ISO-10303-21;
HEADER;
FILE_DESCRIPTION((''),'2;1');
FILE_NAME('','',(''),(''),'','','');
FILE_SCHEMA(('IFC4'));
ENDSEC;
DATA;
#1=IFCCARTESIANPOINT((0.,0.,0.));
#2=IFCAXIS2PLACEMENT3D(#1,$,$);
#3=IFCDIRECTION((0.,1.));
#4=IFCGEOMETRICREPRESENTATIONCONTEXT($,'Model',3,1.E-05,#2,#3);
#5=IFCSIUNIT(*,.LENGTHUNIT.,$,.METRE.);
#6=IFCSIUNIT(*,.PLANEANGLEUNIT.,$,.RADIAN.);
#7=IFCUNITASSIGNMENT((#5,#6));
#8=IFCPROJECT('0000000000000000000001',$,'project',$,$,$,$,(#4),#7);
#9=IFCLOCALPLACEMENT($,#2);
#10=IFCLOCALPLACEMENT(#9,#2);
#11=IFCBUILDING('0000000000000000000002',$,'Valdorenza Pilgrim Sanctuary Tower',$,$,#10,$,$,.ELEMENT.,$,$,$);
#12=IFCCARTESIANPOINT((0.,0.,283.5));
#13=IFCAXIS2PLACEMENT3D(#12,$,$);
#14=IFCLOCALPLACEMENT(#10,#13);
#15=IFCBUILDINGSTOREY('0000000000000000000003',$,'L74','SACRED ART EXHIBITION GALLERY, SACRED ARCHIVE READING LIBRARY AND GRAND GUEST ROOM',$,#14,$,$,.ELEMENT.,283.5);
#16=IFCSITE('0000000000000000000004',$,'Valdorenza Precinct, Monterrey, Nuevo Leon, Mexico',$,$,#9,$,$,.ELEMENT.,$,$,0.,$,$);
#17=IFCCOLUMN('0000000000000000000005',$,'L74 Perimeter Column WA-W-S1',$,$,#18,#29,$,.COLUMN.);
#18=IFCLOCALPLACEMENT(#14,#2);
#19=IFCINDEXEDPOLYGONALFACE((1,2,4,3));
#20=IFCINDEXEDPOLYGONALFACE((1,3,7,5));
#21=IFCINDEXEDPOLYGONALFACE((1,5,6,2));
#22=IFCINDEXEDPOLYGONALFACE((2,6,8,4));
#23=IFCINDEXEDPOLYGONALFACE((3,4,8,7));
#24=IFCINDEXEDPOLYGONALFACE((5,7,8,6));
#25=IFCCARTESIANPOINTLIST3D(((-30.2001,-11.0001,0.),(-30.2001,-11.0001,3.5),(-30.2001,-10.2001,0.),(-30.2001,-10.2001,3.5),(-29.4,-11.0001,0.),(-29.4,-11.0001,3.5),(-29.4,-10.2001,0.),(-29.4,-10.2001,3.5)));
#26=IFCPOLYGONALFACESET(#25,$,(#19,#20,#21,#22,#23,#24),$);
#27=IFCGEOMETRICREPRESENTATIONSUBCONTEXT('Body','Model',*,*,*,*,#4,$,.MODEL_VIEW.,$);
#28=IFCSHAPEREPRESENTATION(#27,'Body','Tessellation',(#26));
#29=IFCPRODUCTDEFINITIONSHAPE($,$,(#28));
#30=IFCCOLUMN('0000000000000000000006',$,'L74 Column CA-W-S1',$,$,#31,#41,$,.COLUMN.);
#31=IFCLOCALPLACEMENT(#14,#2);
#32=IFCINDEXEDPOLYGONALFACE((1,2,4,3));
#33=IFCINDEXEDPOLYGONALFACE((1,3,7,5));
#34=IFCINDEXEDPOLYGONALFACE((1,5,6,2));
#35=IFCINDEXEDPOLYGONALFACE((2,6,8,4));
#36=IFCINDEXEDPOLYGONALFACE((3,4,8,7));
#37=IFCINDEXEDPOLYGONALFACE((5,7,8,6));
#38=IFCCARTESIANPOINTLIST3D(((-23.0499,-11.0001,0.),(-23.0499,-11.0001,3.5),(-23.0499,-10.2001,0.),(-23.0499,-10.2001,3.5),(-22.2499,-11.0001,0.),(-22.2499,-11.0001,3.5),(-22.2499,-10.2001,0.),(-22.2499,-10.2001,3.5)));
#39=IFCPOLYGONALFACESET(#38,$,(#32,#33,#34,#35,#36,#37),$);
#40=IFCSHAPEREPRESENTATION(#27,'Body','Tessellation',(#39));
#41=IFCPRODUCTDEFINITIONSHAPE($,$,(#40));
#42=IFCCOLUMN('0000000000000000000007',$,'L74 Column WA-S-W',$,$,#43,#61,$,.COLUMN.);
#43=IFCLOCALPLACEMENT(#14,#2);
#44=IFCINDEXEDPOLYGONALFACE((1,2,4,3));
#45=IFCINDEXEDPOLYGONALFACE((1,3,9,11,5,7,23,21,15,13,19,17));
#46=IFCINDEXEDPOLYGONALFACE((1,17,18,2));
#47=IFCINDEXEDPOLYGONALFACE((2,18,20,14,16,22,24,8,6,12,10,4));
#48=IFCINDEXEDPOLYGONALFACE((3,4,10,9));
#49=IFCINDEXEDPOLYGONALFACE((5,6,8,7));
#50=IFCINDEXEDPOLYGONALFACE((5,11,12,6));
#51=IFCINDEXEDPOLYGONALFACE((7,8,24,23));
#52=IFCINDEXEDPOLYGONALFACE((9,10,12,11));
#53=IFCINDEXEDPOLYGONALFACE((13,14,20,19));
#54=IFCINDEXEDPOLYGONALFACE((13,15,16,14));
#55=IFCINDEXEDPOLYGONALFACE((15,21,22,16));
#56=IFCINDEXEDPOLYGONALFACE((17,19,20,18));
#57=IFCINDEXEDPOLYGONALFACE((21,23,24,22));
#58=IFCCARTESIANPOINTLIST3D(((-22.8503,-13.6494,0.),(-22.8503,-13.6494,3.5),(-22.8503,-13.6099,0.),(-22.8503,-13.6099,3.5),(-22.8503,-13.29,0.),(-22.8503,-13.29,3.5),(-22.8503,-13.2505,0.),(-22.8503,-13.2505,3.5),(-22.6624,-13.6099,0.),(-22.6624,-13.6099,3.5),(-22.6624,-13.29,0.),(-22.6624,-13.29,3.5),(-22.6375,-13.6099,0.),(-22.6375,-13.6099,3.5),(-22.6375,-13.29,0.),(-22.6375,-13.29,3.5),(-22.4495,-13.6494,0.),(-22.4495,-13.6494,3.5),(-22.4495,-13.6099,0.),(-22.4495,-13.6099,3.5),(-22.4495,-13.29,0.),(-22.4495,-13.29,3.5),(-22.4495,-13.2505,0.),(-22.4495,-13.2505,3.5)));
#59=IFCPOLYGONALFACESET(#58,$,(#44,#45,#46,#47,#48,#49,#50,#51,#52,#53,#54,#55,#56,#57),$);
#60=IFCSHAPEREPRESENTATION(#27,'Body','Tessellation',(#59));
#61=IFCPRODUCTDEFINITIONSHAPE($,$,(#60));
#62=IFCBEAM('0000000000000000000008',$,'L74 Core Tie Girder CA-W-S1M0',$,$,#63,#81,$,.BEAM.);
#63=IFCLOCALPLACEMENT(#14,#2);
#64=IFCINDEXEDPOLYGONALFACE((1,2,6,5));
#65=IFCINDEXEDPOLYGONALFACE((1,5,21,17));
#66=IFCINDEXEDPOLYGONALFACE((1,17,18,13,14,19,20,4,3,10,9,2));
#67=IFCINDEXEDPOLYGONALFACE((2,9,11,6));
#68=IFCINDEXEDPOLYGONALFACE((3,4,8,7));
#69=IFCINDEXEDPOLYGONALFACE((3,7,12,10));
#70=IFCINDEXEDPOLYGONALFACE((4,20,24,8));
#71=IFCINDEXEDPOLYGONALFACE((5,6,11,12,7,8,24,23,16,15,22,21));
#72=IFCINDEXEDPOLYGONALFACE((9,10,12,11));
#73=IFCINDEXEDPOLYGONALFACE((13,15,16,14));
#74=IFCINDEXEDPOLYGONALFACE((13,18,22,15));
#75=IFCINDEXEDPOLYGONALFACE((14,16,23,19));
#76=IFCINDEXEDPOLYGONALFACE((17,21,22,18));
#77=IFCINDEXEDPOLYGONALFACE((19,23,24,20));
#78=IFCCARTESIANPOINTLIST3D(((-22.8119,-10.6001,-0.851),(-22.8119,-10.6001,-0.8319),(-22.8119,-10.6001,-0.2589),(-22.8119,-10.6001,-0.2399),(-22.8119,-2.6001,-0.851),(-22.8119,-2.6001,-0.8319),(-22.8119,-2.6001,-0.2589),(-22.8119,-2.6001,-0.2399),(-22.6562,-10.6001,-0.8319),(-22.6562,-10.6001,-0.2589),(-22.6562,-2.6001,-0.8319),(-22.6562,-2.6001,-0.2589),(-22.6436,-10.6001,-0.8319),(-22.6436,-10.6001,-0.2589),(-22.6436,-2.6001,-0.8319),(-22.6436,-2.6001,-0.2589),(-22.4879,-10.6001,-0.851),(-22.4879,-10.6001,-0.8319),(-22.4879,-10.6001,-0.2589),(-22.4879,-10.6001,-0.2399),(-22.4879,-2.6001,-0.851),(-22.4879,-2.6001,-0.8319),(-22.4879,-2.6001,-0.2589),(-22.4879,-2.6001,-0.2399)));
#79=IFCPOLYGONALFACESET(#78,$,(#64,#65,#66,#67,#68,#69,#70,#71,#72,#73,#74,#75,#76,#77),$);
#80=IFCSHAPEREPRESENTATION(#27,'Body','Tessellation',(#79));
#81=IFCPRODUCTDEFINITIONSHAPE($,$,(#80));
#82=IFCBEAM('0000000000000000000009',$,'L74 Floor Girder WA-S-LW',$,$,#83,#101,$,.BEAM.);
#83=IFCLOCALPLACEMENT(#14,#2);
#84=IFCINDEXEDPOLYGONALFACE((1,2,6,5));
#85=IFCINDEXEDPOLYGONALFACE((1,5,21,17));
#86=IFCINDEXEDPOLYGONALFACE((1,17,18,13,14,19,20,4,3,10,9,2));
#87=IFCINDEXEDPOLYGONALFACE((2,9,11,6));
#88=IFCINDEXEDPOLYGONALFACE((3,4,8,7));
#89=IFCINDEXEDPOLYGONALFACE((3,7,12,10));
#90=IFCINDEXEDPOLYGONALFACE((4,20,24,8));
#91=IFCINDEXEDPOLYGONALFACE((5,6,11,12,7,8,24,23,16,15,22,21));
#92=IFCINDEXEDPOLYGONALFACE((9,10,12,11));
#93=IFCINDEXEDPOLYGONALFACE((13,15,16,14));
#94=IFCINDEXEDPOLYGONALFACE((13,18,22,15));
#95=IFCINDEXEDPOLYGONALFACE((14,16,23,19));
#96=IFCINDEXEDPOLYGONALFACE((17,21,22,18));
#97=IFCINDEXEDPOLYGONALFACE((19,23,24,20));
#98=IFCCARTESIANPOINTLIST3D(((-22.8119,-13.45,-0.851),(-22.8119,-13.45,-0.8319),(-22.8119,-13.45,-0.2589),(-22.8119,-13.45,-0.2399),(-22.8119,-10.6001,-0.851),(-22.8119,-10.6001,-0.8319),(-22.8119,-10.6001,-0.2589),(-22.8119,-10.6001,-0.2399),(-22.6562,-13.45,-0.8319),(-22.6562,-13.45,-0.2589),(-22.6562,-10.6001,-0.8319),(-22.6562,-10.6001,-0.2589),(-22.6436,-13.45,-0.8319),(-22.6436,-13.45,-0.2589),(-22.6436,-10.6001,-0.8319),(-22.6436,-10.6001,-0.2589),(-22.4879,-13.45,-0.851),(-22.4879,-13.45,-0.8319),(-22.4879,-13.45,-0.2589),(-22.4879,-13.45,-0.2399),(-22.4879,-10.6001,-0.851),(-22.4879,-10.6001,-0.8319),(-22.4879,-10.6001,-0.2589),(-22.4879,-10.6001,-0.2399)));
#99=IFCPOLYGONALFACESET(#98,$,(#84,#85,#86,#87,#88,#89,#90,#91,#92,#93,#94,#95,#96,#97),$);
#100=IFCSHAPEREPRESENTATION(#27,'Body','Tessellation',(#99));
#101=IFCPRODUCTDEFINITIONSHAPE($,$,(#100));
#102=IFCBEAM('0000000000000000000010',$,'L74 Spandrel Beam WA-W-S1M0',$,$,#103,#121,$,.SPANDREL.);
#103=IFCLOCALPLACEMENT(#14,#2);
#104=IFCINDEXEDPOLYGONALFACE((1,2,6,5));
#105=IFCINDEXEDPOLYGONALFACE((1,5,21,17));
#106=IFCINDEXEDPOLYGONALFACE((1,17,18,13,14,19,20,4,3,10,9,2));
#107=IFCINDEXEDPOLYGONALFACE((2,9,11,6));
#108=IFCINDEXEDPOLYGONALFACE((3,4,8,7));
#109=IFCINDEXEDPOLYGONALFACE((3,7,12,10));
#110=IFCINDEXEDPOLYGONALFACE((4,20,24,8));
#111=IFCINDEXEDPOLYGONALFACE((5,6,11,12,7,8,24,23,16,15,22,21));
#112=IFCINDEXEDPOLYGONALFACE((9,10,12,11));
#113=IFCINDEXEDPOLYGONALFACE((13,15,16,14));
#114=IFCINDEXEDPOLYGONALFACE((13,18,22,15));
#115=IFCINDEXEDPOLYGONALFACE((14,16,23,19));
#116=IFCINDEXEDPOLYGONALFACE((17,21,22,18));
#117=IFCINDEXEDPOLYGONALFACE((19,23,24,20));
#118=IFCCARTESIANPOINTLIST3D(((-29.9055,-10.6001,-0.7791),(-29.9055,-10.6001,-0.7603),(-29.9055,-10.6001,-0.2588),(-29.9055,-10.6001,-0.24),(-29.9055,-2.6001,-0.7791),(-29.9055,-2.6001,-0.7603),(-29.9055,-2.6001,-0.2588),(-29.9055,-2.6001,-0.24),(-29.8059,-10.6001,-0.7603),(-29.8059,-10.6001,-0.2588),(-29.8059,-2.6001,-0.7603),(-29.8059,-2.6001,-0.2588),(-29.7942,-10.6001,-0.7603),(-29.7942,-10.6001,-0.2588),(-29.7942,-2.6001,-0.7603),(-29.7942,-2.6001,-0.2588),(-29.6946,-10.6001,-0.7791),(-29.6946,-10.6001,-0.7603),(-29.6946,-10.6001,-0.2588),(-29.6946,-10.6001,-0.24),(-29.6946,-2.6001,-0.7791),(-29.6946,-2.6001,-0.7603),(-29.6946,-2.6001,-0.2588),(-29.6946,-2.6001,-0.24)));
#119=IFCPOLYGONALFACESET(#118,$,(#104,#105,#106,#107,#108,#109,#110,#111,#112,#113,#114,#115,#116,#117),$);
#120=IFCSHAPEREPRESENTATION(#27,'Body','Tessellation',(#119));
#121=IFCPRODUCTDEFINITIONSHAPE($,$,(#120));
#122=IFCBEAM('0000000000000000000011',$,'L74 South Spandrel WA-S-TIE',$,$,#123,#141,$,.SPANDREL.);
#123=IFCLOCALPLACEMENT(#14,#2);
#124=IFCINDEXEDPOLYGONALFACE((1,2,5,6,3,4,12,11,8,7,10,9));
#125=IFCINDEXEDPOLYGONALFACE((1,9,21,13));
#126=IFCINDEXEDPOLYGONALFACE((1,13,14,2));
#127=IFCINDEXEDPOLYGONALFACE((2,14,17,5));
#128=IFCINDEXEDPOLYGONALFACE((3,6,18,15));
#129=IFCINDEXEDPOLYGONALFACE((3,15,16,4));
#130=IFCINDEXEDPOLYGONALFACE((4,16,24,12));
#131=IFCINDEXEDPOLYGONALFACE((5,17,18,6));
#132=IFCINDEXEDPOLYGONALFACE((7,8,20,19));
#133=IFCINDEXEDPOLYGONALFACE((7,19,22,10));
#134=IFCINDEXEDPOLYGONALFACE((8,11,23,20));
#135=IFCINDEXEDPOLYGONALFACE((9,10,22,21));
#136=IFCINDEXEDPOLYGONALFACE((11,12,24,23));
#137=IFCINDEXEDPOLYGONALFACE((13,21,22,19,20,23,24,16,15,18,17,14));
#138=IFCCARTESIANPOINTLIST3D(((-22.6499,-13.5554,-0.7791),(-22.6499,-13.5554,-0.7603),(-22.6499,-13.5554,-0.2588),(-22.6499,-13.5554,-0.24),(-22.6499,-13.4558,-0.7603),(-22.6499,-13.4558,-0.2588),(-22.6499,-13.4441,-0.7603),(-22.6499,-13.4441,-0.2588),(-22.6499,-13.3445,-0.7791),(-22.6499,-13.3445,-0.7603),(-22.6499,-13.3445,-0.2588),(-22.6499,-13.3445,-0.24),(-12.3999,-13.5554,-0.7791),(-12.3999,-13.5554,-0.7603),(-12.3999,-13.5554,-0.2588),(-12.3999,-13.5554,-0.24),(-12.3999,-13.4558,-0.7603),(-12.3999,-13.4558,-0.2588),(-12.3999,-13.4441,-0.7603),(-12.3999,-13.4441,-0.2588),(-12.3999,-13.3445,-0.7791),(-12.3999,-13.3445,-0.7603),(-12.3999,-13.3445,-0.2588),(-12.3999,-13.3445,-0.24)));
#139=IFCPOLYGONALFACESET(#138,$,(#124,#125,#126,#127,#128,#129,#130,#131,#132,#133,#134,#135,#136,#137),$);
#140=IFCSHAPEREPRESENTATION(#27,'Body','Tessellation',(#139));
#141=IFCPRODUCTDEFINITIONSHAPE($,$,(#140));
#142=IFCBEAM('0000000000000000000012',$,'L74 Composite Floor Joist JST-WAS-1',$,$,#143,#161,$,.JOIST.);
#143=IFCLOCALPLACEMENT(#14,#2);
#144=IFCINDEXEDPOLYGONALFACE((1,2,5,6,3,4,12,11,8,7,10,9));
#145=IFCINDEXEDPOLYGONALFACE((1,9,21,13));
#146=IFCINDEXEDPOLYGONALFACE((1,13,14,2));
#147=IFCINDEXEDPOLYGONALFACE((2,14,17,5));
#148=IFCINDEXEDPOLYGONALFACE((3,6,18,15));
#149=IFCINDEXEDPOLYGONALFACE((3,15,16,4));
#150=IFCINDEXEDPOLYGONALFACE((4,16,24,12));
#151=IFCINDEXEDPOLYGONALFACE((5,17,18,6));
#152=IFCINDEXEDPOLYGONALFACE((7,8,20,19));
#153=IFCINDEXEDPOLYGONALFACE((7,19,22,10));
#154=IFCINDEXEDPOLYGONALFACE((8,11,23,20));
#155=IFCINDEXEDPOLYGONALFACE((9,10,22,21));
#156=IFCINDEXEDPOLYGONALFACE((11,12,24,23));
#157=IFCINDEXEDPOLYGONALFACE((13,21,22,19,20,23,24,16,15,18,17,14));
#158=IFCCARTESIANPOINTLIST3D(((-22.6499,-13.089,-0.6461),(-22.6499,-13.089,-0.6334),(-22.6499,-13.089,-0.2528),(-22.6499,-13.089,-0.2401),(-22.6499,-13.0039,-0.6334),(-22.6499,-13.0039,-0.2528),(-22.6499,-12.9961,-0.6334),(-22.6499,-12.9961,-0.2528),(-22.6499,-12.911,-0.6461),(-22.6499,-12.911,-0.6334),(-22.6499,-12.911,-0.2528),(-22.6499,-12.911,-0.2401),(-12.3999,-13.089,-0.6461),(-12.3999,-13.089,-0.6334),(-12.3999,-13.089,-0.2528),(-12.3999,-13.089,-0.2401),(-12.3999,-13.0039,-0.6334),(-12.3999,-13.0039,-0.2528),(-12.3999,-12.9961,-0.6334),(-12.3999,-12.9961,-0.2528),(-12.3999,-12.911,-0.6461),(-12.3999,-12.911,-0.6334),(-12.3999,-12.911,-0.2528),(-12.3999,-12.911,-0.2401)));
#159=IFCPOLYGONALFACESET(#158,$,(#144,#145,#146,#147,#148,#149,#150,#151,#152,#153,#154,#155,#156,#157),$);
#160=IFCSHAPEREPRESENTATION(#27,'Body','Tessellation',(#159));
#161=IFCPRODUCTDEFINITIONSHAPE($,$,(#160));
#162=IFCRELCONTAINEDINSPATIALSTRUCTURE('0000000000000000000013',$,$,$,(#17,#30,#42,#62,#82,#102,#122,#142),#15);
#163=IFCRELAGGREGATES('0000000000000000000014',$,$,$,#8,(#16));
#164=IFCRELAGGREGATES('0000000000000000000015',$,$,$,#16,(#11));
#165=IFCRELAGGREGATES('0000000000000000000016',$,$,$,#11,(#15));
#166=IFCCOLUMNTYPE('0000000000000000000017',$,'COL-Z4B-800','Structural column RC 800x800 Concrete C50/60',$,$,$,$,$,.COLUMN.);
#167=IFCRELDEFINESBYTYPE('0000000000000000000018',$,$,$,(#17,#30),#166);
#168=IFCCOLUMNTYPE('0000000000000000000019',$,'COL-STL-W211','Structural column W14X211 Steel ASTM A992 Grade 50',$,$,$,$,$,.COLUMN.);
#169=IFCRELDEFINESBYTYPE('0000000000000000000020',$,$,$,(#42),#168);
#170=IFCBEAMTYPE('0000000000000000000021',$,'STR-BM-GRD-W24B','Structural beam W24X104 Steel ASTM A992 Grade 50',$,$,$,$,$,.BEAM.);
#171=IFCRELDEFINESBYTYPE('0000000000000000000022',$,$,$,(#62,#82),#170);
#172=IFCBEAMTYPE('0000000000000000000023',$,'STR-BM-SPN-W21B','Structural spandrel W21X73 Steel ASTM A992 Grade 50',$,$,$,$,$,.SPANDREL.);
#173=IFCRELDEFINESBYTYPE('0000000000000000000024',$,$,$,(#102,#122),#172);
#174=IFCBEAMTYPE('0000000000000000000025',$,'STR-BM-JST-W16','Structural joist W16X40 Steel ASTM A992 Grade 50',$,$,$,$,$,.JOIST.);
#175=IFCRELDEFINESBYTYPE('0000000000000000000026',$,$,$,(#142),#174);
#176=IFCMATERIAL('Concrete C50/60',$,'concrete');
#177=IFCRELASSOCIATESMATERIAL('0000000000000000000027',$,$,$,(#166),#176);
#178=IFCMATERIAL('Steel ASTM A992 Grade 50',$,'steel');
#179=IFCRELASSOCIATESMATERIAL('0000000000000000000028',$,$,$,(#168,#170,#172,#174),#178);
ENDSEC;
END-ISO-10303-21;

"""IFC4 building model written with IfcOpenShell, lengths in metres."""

from ifc_helpers import new_model, si_unit, direction, frame, origin, origin_2d, place, context, subcontext, project, spatial, rectangle, i_section, extrude, source, transform, mapped, material, material_profile, profile_set, type_object, element, save


model = new_model("IFC4")

# Units and contexts
model_context = context("Model", 3, precision=1e-05, world=origin(), true_north=direction((0.0, 1.0)))
body_context = subcontext(model_context, "Body", "Model", "MODEL_VIEW")
ifc_project = project(units=[si_unit("LENGTHUNIT", "METRE"), si_unit("PLANEANGLEUNIT", "RADIAN")], contexts=[model_context])

# Site, building, storey
site_placement = place(None, origin())
site = spatial("IfcSite", under=ifc_project, at=site_placement, Name="Valdorenza Precinct, Monterrey, Nuevo Leon, Mexico", CompositionType="ELEMENT", RefElevation=0.0)
building_placement = place(site_placement, origin())
building = spatial("IfcBuilding", under=site, at=building_placement, Name="Valdorenza Pilgrim Sanctuary Tower", CompositionType="ELEMENT")
storey_placement = place(building_placement, frame((0.0, 0.0, 283.5)))
storey = spatial("IfcBuildingStorey", under=building, at=storey_placement, Name="L74", Description="SACRED ART EXHIBITION GALLERY, SACRED ARCHIVE READING LIBRARY AND GRAND GUEST ROOM", CompositionType="ELEMENT", Elevation=283.5)

# Columns
ifc_material_1 = material(Name="Concrete C50/60", Category="concrete")
ifc_material_profile_1 = material_profile(ifc_material_1, rectangle(XDim=0.8, YDim=0.8, at=origin_2d()), Name="RC 800x800")
ifc_profile_set_1 = profile_set([ifc_material_profile_1], Name="Concrete C50/60")
column_type_1 = type_object("IfcColumnType", Name="COL-Z4B-800", Description="Structural column RC 800x800 Concrete C50/60", PredefinedType="COLUMN", material=ifc_profile_set_1)
shared_shape_1 = source(origin(), body_context, "Body", "SweptSolid", [
    extrude(rectangle(XDim=0.8, YDim=0.8, at=origin_2d()), origin(), (0.0, 0.0, 1.0), 3.5),
])
for number, where, z_axis, x_axis, name in (
    (1, (-29.8, -10.6001, 0.0), (0.0, 0.0, 1.0), (1.0, 0.0, 0.0), "L74 Perimeter Column WA-W-S1"),
    (2, (-22.6499, -10.6001, 0.0), (0.0, 0.0, 1.0), (1.0, 0.0, 0.0), "L74 Column CA-W-S1"),
):
    element("IfcColumn", number, at=place(storey_placement, frame(where, z_axis=z_axis, x_axis=x_axis)), inside=storey, type_object=column_type_1, Name=name, PredefinedType="COLUMN", context=body_context, shape_type="MappedRepresentation", body=[
        mapped(shared_shape_1, transform((0.0, 0.0, 0.0), x_axis=(1.0, 0.0, 0.0), y_axis=(0.0, 1.0, 0.0), z_axis=(0.0, 0.0, 1.0), scale=1.0)),
    ])
ifc_material_2 = material(Name="Steel ASTM A992 Grade 50", Category="steel")
ifc_material_profile_2 = material_profile(ifc_material_2, i_section(OverallWidth=0.4009, OverallDepth=0.3989, WebThickness=0.0249, FlangeThickness=0.0396, at=origin_2d()), Name="W14X211")
ifc_profile_set_2 = profile_set([ifc_material_profile_2], Name="Steel ASTM A992 Grade 50")
column_type_2 = type_object("IfcColumnType", Name="COL-STL-W211", Description="Structural column W14X211 Steel ASTM A992 Grade 50", PredefinedType="COLUMN", material=ifc_profile_set_2)
shared_shape_2 = source(origin(), body_context, "Body", "SweptSolid", [
    extrude(i_section(OverallWidth=0.4009, OverallDepth=0.3989, WebThickness=0.0249, FlangeThickness=0.0396, at=origin_2d()), origin(), (0.0, 0.0, 1.0), 3.5),
])
column_placement = place(storey_placement, frame((-22.6499, -13.45, 0.0), z_axis=(0.0, 0.0, 1.0), x_axis=(1.0, 0.0, 0.0)))
element("IfcColumn", 3, at=column_placement, inside=storey, type_object=column_type_2, Name="L74 Column WA-S-W", PredefinedType="COLUMN", context=body_context, shape_type="MappedRepresentation", body=[
    mapped(shared_shape_2, transform((0.0, 0.0, 0.0), x_axis=(1.0, 0.0, 0.0), y_axis=(0.0, 1.0, 0.0), z_axis=(0.0, 0.0, 1.0), scale=1.0)),
])

# Beams
ifc_material_profile_3 = material_profile(ifc_material_2, i_section(OverallWidth=0.324, OverallDepth=0.6111, WebThickness=0.0127, FlangeThickness=0.019, at=origin_2d()), Name="W24X104")
ifc_profile_set_3 = profile_set([ifc_material_profile_3], Name="Steel ASTM A992 Grade 50")
beam_type_1 = type_object("IfcBeamType", Name="STR-BM-GRD-W24B", Description="Structural beam W24X104 Steel ASTM A992 Grade 50", PredefinedType="BEAM", material=ifc_profile_set_3)
shared_shape_3 = source(origin(), body_context, "Body", "SweptSolid", [
    extrude(i_section(OverallWidth=0.324, OverallDepth=0.6111, WebThickness=0.0127, FlangeThickness=0.019, at=origin_2d()), origin(), (0.0, 0.0, 1.0), 8.0),
])
beam_1_placement = place(storey_placement, frame((-22.6499, -10.6001, -0.5454), z_axis=(0.0, 1.0, 0.0), x_axis=(-1.0, 0.0, 0.0)))
element("IfcBeam", 4, at=beam_1_placement, inside=storey, type_object=beam_type_1, Name="L74 Core Tie Girder CA-W-S1M0", PredefinedType="BEAM", context=body_context, shape_type="MappedRepresentation", body=[
    mapped(shared_shape_3, transform((0.0, 0.0, 0.0), x_axis=(1.0, 0.0, 0.0), y_axis=(0.0, 1.0, 0.0), z_axis=(0.0, 0.0, 1.0), scale=1.0)),
])
shared_shape_4 = source(origin(), body_context, "Body", "SweptSolid", [
    extrude(i_section(OverallWidth=0.324, OverallDepth=0.6111, WebThickness=0.0127, FlangeThickness=0.019, at=origin_2d()), origin(), (0.0, 0.0, 1.0), 2.8499),
])
beam_2_placement = place(storey_placement, frame((-22.6499, -13.45, -0.5454), z_axis=(0.0, 1.0, 0.0), x_axis=(-1.0, 0.0, 0.0)))
element("IfcBeam", 5, at=beam_2_placement, inside=storey, type_object=beam_type_1, Name="L74 Floor Girder WA-S-LW", PredefinedType="BEAM", context=body_context, shape_type="MappedRepresentation", body=[
    mapped(shared_shape_4, transform((0.0, 0.0, 0.0), x_axis=(1.0, 0.0, 0.0), y_axis=(0.0, 1.0, 0.0), z_axis=(0.0, 0.0, 1.0), scale=1.0)),
])
ifc_material_profile_4 = material_profile(ifc_material_2, i_section(OverallWidth=0.2109, OverallDepth=0.5391, WebThickness=0.0117, FlangeThickness=0.0188, at=origin_2d()), Name="W21X73")
ifc_profile_set_4 = profile_set([ifc_material_profile_4], Name="Steel ASTM A992 Grade 50")
beam_type_2 = type_object("IfcBeamType", Name="STR-BM-SPN-W21B", Description="Structural spandrel W21X73 Steel ASTM A992 Grade 50", PredefinedType="SPANDREL", material=ifc_profile_set_4)
shared_shape_5 = source(origin(), body_context, "Body", "SweptSolid", [
    extrude(i_section(OverallWidth=0.2109, OverallDepth=0.5391, WebThickness=0.0117, FlangeThickness=0.0188, at=origin_2d()), origin(), (0.0, 0.0, 1.0), 8.0),
])
beam_3_placement = place(storey_placement, frame((-29.8, -10.6001, -0.5095), z_axis=(0.0, 1.0, 0.0), x_axis=(-1.0, 0.0, 0.0)))
element("IfcBeam", 6, at=beam_3_placement, inside=storey, type_object=beam_type_2, Name="L74 Spandrel Beam WA-W-S1M0", PredefinedType="SPANDREL", context=body_context, shape_type="MappedRepresentation", body=[
    mapped(shared_shape_5, transform((0.0, 0.0, 0.0), x_axis=(1.0, 0.0, 0.0), y_axis=(0.0, 1.0, 0.0), z_axis=(0.0, 0.0, 1.0), scale=1.0)),
])
shared_shape_6 = source(origin(), body_context, "Body", "SweptSolid", [
    extrude(i_section(OverallWidth=0.2109, OverallDepth=0.5391, WebThickness=0.0117, FlangeThickness=0.0188, at=origin_2d()), origin(), (0.0, 0.0, 1.0), 10.25),
])
beam_4_placement = place(storey_placement, frame((-22.6499, -13.45, -0.5095), z_axis=(1.0, 0.0, 0.0), x_axis=(0.0, 1.0, 0.0)))
element("IfcBeam", 7, at=beam_4_placement, inside=storey, type_object=beam_type_2, Name="L74 South Spandrel WA-S-TIE", PredefinedType="SPANDREL", context=body_context, shape_type="MappedRepresentation", body=[
    mapped(shared_shape_6, transform((0.0, 0.0, 0.0), x_axis=(1.0, 0.0, 0.0), y_axis=(0.0, 1.0, 0.0), z_axis=(0.0, 0.0, 1.0), scale=1.0)),
])
ifc_material_profile_5 = material_profile(ifc_material_2, i_section(OverallWidth=0.178, OverallDepth=0.406, WebThickness=0.0078, FlangeThickness=0.0127, at=origin_2d()), Name="W16X40")
ifc_profile_set_5 = profile_set([ifc_material_profile_5], Name="Steel ASTM A992 Grade 50")
beam_type_3 = type_object("IfcBeamType", Name="STR-BM-JST-W16", Description="Structural joist W16X40 Steel ASTM A992 Grade 50", PredefinedType="JOIST", material=ifc_profile_set_5)
shared_shape_7 = source(origin(), body_context, "Body", "SweptSolid", [
    extrude(i_section(OverallWidth=0.178, OverallDepth=0.406, WebThickness=0.0078, FlangeThickness=0.0127, at=origin_2d()), origin(), (0.0, 0.0, 1.0), 10.25),
])
for number, where, z_axis, x_axis, name in (
    (8, (-22.6499, -13.0, -0.4431), (1.0, 0.0, 0.0), (0.0, 1.0, 0.0), "L74 Composite Floor Joist JST-WAS-1"),
):
    element("IfcBeam", number, at=place(storey_placement, frame(where, z_axis=z_axis, x_axis=x_axis)), inside=storey, type_object=beam_type_3, Name=name, PredefinedType="JOIST", context=body_context, shape_type="MappedRepresentation", body=[
        mapped(shared_shape_7, transform((0.0, 0.0, 0.0), x_axis=(1.0, 0.0, 0.0), y_axis=(0.0, 1.0, 0.0), z_axis=(0.0, 0.0, 1.0), scale=1.0)),
    ])

save(model, "model.ifc")
